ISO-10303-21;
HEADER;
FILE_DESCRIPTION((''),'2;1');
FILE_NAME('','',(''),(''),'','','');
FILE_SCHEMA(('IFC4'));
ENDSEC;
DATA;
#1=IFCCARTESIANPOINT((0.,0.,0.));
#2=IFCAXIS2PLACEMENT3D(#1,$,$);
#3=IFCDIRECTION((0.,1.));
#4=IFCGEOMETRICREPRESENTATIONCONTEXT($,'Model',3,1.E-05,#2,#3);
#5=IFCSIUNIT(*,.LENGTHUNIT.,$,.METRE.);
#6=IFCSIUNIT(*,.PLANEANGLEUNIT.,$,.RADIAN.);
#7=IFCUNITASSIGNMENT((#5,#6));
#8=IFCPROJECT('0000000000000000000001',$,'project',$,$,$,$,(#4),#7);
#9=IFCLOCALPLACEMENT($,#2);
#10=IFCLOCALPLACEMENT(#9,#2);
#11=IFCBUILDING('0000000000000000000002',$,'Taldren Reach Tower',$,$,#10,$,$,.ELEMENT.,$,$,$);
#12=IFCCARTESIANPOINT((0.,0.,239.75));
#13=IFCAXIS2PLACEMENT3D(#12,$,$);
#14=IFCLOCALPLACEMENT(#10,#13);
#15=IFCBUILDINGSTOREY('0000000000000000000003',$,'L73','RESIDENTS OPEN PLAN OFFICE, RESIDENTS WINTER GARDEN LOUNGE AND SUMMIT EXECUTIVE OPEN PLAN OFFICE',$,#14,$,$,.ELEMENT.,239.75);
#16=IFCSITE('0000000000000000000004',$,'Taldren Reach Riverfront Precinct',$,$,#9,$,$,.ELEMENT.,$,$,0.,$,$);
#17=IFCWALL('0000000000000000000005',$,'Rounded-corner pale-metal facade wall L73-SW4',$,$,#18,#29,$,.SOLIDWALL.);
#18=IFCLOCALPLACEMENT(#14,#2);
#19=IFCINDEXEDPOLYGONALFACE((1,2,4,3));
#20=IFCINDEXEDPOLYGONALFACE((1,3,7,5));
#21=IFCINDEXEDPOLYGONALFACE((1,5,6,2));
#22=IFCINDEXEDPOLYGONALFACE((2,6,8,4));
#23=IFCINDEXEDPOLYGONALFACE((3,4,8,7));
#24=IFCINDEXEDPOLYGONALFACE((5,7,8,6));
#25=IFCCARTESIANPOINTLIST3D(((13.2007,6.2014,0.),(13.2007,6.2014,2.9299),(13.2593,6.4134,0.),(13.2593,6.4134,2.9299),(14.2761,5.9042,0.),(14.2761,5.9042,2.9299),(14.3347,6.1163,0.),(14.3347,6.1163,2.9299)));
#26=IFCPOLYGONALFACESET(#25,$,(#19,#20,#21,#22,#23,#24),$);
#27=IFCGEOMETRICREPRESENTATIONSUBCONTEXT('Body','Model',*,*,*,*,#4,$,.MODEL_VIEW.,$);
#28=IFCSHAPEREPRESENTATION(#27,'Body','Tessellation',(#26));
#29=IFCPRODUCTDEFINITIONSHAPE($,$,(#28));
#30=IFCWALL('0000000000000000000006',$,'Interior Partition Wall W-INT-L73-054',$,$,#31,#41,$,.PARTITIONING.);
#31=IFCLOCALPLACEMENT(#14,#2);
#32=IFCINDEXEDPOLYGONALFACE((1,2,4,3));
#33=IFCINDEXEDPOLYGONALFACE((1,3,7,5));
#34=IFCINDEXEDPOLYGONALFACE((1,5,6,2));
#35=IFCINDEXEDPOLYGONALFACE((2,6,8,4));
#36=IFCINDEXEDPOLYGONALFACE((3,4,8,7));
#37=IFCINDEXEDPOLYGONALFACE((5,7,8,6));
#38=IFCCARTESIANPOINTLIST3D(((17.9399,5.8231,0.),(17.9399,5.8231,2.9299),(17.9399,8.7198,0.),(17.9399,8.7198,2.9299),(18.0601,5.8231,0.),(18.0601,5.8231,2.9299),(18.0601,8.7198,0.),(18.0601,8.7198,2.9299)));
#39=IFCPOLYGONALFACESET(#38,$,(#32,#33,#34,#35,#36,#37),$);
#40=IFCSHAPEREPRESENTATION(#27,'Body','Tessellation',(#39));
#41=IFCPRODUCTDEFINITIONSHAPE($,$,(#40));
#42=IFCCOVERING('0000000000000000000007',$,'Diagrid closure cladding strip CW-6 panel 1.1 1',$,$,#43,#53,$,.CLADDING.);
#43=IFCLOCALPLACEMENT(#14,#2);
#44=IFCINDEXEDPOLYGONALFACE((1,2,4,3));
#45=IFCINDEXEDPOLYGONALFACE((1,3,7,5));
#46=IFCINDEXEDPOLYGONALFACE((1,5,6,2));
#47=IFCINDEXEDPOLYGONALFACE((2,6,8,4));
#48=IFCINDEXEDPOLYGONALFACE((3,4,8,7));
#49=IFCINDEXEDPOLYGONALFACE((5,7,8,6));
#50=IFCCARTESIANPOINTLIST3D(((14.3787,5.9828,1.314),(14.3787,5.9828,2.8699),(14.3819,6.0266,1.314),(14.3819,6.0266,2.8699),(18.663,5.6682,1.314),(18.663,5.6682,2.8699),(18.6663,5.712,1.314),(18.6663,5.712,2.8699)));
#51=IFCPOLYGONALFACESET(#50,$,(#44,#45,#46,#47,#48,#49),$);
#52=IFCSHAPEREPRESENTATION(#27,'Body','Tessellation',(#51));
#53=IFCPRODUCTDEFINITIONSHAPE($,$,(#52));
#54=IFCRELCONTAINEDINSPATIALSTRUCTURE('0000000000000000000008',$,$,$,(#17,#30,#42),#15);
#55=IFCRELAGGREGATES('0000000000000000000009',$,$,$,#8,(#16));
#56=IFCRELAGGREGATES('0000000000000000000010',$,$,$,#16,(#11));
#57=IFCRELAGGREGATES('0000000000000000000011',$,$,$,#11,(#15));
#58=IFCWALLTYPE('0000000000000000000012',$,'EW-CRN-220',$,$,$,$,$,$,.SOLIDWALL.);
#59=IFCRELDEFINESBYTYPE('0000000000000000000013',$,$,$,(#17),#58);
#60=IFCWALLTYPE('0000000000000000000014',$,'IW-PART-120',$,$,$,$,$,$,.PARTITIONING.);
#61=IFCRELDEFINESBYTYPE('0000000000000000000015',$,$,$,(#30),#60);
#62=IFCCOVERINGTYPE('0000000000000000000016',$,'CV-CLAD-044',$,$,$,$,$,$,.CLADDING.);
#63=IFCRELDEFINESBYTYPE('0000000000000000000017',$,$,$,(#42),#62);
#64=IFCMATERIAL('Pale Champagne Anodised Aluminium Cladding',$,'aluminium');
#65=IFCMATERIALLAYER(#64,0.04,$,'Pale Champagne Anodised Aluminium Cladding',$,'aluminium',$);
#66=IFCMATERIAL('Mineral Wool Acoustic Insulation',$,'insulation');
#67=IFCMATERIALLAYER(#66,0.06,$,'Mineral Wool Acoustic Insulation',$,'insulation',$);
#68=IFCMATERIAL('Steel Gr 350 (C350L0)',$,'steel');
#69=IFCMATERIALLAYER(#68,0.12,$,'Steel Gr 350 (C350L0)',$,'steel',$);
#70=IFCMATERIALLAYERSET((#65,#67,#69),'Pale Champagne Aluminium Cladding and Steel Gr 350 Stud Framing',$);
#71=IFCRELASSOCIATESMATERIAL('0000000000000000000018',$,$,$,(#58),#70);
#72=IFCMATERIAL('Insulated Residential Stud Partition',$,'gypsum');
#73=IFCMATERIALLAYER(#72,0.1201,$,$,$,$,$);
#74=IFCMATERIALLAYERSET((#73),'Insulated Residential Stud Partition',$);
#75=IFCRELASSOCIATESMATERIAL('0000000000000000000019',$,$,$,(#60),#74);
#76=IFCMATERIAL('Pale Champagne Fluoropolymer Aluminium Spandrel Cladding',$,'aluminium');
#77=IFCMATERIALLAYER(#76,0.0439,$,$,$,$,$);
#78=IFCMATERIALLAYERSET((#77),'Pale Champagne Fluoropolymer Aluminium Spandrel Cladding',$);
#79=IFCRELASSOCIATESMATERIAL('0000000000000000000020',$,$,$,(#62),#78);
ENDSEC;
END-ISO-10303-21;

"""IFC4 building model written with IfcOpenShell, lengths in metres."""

from ifc_helpers import new_model, si_unit, direction, frame, frame_2d, origin, origin_2d, place, context, subcontext, project, spatial, rectangle, extrude, source, transform, mapped, material, layer, layer_set, type_object, element, save


model = new_model("IFC4")

# Units and contexts
model_context = context("Model", 3, precision=1e-05, world=origin(), true_north=direction((0.0, 1.0)))
body_context = subcontext(model_context, "Body", "Model", "MODEL_VIEW")
ifc_project = project(units=[si_unit("LENGTHUNIT", "METRE"), si_unit("PLANEANGLEUNIT", "RADIAN")], contexts=[model_context])

# Site, building, storey
site_placement = place(None, origin())
site = spatial("IfcSite", under=ifc_project, at=site_placement, Name="Taldren Reach Riverfront Precinct", CompositionType="ELEMENT", RefElevation=0.0)
building_placement = place(site_placement, origin())
building = spatial("IfcBuilding", under=site, at=building_placement, Name="Taldren Reach Tower", CompositionType="ELEMENT")
storey_placement = place(building_placement, frame((0.0, 0.0, 239.75)))
storey = spatial("IfcBuildingStorey", under=building, at=storey_placement, Name="L73", Description="RESIDENTS OPEN PLAN OFFICE, RESIDENTS WINTER GARDEN LOUNGE AND SUMMIT EXECUTIVE OPEN PLAN OFFICE", CompositionType="ELEMENT", Elevation=239.75)

# Shared definitions
ifc_material_1 = material(Name="Steel Gr 350 (C350L0)", Category="steel")

# Walls
ifc_material_2 = material(Name="Pale Champagne Anodised Aluminium Cladding", Category="aluminium")
ifc_layer_1 = layer(ifc_material_2, 0.04, Name="Pale Champagne Anodised Aluminium Cladding", Category="aluminium")
ifc_material_3 = material(Name="Mineral Wool Acoustic Insulation", Category="insulation")
ifc_layer_2 = layer(ifc_material_3, 0.06, Name="Mineral Wool Acoustic Insulation", Category="insulation")
ifc_layer_3 = layer(ifc_material_1, 0.12, Name="Steel Gr 350 (C350L0)", Category="steel")
ifc_layer_set_1 = layer_set([ifc_layer_1, ifc_layer_2, ifc_layer_3], Name="Pale Champagne Aluminium Cladding and Steel Gr 350 Stud Framing")
wall_type_1 = type_object("IfcWallType", Name="EW-CRN-220", PredefinedType="SOLIDWALL", material=ifc_layer_set_1)
shared_shape_1 = source(origin(), body_context, "Body", "SweptSolid", [
    extrude(rectangle(XDim=1.1157, YDim=0.22, at=frame_2d((0.5579, 0.0))), origin(), (0.0, 0.0, 1.0), 2.9299),
])
wall_1_placement = place(storey_placement, frame((13.23, 6.3074, 0.0), z_axis=(0.0, 0.0, 1.0), x_axis=(0.96389, -0.266301, 0.0)))
element("IfcWall", 1, at=wall_1_placement, inside=storey, type_object=wall_type_1, Name="Rounded-corner pale-metal facade wall L73-SW4", PredefinedType="SOLIDWALL", context=body_context, shape_type="MappedRepresentation", body=[
    mapped(shared_shape_1, transform((0.0, 0.0, 0.0), scale=1.0)),
])
ifc_material_4 = material(Name="Insulated Residential Stud Partition", Category="gypsum")
ifc_layer_4 = layer(ifc_material_4, 0.1201)
ifc_layer_set_2 = layer_set([ifc_layer_4], Name="Insulated Residential Stud Partition")
wall_type_2 = type_object("IfcWallType", Name="IW-PART-120", PredefinedType="PARTITIONING", material=ifc_layer_set_2)
shared_shape_2 = source(origin(), body_context, "Body", "SweptSolid", [
    extrude(rectangle(XDim=2.8967, YDim=0.1201, at=frame_2d((1.4482, 0.0))), origin(), (0.0, 0.0, 1.0), 2.9299),
])
wall_2_placement = place(storey_placement, frame((18.0, 5.8232, 0.0), z_axis=(0.0, 0.0, 1.0), x_axis=(0.0, 1.0, 0.0)))
element("IfcWall", 2, at=wall_2_placement, inside=storey, type_object=wall_type_2, Name="Interior Partition Wall W-INT-L73-054", PredefinedType="PARTITIONING", context=body_context, shape_type="MappedRepresentation", body=[
    mapped(shared_shape_2, transform((0.0, 0.0, 0.0), scale=1.0)),
])

# Covering
ifc_material_5 = material(Name="Pale Champagne Fluoropolymer Aluminium Spandrel Cladding", Category="aluminium")
ifc_layer_5 = layer(ifc_material_5, 0.0439)
ifc_layer_set_3 = layer_set([ifc_layer_5], Name="Pale Champagne Fluoropolymer Aluminium Spandrel Cladding")
covering_type = type_object("IfcCoveringType", Name="CV-CLAD-044", PredefinedType="CLADDING", material=ifc_layer_set_3)
shared_shape_3 = source(origin(), body_context, "Body", "SweptSolid", [
    extrude(rectangle(XDim=4.2959, YDim=0.0439, at=origin_2d()), origin(), (0.0, 0.0, 1.0), 1.5559),
])
covering_placement = place(storey_placement, frame((16.5225, 5.8474, 1.314), z_axis=(0.0, 0.0, 1.0), x_axis=(0.997314, -0.073238, 0.0)))
element("IfcCovering", 3, at=covering_placement, inside=storey, type_object=covering_type, Name="Diagrid closure cladding strip CW-6 panel 1.1 1", PredefinedType="CLADDING", context=body_context, shape_type="MappedRepresentation", body=[
    mapped(shared_shape_3, transform((0.0, 0.0, 0.0), scale=1.0)),
])

save(model, "model.ifc")
